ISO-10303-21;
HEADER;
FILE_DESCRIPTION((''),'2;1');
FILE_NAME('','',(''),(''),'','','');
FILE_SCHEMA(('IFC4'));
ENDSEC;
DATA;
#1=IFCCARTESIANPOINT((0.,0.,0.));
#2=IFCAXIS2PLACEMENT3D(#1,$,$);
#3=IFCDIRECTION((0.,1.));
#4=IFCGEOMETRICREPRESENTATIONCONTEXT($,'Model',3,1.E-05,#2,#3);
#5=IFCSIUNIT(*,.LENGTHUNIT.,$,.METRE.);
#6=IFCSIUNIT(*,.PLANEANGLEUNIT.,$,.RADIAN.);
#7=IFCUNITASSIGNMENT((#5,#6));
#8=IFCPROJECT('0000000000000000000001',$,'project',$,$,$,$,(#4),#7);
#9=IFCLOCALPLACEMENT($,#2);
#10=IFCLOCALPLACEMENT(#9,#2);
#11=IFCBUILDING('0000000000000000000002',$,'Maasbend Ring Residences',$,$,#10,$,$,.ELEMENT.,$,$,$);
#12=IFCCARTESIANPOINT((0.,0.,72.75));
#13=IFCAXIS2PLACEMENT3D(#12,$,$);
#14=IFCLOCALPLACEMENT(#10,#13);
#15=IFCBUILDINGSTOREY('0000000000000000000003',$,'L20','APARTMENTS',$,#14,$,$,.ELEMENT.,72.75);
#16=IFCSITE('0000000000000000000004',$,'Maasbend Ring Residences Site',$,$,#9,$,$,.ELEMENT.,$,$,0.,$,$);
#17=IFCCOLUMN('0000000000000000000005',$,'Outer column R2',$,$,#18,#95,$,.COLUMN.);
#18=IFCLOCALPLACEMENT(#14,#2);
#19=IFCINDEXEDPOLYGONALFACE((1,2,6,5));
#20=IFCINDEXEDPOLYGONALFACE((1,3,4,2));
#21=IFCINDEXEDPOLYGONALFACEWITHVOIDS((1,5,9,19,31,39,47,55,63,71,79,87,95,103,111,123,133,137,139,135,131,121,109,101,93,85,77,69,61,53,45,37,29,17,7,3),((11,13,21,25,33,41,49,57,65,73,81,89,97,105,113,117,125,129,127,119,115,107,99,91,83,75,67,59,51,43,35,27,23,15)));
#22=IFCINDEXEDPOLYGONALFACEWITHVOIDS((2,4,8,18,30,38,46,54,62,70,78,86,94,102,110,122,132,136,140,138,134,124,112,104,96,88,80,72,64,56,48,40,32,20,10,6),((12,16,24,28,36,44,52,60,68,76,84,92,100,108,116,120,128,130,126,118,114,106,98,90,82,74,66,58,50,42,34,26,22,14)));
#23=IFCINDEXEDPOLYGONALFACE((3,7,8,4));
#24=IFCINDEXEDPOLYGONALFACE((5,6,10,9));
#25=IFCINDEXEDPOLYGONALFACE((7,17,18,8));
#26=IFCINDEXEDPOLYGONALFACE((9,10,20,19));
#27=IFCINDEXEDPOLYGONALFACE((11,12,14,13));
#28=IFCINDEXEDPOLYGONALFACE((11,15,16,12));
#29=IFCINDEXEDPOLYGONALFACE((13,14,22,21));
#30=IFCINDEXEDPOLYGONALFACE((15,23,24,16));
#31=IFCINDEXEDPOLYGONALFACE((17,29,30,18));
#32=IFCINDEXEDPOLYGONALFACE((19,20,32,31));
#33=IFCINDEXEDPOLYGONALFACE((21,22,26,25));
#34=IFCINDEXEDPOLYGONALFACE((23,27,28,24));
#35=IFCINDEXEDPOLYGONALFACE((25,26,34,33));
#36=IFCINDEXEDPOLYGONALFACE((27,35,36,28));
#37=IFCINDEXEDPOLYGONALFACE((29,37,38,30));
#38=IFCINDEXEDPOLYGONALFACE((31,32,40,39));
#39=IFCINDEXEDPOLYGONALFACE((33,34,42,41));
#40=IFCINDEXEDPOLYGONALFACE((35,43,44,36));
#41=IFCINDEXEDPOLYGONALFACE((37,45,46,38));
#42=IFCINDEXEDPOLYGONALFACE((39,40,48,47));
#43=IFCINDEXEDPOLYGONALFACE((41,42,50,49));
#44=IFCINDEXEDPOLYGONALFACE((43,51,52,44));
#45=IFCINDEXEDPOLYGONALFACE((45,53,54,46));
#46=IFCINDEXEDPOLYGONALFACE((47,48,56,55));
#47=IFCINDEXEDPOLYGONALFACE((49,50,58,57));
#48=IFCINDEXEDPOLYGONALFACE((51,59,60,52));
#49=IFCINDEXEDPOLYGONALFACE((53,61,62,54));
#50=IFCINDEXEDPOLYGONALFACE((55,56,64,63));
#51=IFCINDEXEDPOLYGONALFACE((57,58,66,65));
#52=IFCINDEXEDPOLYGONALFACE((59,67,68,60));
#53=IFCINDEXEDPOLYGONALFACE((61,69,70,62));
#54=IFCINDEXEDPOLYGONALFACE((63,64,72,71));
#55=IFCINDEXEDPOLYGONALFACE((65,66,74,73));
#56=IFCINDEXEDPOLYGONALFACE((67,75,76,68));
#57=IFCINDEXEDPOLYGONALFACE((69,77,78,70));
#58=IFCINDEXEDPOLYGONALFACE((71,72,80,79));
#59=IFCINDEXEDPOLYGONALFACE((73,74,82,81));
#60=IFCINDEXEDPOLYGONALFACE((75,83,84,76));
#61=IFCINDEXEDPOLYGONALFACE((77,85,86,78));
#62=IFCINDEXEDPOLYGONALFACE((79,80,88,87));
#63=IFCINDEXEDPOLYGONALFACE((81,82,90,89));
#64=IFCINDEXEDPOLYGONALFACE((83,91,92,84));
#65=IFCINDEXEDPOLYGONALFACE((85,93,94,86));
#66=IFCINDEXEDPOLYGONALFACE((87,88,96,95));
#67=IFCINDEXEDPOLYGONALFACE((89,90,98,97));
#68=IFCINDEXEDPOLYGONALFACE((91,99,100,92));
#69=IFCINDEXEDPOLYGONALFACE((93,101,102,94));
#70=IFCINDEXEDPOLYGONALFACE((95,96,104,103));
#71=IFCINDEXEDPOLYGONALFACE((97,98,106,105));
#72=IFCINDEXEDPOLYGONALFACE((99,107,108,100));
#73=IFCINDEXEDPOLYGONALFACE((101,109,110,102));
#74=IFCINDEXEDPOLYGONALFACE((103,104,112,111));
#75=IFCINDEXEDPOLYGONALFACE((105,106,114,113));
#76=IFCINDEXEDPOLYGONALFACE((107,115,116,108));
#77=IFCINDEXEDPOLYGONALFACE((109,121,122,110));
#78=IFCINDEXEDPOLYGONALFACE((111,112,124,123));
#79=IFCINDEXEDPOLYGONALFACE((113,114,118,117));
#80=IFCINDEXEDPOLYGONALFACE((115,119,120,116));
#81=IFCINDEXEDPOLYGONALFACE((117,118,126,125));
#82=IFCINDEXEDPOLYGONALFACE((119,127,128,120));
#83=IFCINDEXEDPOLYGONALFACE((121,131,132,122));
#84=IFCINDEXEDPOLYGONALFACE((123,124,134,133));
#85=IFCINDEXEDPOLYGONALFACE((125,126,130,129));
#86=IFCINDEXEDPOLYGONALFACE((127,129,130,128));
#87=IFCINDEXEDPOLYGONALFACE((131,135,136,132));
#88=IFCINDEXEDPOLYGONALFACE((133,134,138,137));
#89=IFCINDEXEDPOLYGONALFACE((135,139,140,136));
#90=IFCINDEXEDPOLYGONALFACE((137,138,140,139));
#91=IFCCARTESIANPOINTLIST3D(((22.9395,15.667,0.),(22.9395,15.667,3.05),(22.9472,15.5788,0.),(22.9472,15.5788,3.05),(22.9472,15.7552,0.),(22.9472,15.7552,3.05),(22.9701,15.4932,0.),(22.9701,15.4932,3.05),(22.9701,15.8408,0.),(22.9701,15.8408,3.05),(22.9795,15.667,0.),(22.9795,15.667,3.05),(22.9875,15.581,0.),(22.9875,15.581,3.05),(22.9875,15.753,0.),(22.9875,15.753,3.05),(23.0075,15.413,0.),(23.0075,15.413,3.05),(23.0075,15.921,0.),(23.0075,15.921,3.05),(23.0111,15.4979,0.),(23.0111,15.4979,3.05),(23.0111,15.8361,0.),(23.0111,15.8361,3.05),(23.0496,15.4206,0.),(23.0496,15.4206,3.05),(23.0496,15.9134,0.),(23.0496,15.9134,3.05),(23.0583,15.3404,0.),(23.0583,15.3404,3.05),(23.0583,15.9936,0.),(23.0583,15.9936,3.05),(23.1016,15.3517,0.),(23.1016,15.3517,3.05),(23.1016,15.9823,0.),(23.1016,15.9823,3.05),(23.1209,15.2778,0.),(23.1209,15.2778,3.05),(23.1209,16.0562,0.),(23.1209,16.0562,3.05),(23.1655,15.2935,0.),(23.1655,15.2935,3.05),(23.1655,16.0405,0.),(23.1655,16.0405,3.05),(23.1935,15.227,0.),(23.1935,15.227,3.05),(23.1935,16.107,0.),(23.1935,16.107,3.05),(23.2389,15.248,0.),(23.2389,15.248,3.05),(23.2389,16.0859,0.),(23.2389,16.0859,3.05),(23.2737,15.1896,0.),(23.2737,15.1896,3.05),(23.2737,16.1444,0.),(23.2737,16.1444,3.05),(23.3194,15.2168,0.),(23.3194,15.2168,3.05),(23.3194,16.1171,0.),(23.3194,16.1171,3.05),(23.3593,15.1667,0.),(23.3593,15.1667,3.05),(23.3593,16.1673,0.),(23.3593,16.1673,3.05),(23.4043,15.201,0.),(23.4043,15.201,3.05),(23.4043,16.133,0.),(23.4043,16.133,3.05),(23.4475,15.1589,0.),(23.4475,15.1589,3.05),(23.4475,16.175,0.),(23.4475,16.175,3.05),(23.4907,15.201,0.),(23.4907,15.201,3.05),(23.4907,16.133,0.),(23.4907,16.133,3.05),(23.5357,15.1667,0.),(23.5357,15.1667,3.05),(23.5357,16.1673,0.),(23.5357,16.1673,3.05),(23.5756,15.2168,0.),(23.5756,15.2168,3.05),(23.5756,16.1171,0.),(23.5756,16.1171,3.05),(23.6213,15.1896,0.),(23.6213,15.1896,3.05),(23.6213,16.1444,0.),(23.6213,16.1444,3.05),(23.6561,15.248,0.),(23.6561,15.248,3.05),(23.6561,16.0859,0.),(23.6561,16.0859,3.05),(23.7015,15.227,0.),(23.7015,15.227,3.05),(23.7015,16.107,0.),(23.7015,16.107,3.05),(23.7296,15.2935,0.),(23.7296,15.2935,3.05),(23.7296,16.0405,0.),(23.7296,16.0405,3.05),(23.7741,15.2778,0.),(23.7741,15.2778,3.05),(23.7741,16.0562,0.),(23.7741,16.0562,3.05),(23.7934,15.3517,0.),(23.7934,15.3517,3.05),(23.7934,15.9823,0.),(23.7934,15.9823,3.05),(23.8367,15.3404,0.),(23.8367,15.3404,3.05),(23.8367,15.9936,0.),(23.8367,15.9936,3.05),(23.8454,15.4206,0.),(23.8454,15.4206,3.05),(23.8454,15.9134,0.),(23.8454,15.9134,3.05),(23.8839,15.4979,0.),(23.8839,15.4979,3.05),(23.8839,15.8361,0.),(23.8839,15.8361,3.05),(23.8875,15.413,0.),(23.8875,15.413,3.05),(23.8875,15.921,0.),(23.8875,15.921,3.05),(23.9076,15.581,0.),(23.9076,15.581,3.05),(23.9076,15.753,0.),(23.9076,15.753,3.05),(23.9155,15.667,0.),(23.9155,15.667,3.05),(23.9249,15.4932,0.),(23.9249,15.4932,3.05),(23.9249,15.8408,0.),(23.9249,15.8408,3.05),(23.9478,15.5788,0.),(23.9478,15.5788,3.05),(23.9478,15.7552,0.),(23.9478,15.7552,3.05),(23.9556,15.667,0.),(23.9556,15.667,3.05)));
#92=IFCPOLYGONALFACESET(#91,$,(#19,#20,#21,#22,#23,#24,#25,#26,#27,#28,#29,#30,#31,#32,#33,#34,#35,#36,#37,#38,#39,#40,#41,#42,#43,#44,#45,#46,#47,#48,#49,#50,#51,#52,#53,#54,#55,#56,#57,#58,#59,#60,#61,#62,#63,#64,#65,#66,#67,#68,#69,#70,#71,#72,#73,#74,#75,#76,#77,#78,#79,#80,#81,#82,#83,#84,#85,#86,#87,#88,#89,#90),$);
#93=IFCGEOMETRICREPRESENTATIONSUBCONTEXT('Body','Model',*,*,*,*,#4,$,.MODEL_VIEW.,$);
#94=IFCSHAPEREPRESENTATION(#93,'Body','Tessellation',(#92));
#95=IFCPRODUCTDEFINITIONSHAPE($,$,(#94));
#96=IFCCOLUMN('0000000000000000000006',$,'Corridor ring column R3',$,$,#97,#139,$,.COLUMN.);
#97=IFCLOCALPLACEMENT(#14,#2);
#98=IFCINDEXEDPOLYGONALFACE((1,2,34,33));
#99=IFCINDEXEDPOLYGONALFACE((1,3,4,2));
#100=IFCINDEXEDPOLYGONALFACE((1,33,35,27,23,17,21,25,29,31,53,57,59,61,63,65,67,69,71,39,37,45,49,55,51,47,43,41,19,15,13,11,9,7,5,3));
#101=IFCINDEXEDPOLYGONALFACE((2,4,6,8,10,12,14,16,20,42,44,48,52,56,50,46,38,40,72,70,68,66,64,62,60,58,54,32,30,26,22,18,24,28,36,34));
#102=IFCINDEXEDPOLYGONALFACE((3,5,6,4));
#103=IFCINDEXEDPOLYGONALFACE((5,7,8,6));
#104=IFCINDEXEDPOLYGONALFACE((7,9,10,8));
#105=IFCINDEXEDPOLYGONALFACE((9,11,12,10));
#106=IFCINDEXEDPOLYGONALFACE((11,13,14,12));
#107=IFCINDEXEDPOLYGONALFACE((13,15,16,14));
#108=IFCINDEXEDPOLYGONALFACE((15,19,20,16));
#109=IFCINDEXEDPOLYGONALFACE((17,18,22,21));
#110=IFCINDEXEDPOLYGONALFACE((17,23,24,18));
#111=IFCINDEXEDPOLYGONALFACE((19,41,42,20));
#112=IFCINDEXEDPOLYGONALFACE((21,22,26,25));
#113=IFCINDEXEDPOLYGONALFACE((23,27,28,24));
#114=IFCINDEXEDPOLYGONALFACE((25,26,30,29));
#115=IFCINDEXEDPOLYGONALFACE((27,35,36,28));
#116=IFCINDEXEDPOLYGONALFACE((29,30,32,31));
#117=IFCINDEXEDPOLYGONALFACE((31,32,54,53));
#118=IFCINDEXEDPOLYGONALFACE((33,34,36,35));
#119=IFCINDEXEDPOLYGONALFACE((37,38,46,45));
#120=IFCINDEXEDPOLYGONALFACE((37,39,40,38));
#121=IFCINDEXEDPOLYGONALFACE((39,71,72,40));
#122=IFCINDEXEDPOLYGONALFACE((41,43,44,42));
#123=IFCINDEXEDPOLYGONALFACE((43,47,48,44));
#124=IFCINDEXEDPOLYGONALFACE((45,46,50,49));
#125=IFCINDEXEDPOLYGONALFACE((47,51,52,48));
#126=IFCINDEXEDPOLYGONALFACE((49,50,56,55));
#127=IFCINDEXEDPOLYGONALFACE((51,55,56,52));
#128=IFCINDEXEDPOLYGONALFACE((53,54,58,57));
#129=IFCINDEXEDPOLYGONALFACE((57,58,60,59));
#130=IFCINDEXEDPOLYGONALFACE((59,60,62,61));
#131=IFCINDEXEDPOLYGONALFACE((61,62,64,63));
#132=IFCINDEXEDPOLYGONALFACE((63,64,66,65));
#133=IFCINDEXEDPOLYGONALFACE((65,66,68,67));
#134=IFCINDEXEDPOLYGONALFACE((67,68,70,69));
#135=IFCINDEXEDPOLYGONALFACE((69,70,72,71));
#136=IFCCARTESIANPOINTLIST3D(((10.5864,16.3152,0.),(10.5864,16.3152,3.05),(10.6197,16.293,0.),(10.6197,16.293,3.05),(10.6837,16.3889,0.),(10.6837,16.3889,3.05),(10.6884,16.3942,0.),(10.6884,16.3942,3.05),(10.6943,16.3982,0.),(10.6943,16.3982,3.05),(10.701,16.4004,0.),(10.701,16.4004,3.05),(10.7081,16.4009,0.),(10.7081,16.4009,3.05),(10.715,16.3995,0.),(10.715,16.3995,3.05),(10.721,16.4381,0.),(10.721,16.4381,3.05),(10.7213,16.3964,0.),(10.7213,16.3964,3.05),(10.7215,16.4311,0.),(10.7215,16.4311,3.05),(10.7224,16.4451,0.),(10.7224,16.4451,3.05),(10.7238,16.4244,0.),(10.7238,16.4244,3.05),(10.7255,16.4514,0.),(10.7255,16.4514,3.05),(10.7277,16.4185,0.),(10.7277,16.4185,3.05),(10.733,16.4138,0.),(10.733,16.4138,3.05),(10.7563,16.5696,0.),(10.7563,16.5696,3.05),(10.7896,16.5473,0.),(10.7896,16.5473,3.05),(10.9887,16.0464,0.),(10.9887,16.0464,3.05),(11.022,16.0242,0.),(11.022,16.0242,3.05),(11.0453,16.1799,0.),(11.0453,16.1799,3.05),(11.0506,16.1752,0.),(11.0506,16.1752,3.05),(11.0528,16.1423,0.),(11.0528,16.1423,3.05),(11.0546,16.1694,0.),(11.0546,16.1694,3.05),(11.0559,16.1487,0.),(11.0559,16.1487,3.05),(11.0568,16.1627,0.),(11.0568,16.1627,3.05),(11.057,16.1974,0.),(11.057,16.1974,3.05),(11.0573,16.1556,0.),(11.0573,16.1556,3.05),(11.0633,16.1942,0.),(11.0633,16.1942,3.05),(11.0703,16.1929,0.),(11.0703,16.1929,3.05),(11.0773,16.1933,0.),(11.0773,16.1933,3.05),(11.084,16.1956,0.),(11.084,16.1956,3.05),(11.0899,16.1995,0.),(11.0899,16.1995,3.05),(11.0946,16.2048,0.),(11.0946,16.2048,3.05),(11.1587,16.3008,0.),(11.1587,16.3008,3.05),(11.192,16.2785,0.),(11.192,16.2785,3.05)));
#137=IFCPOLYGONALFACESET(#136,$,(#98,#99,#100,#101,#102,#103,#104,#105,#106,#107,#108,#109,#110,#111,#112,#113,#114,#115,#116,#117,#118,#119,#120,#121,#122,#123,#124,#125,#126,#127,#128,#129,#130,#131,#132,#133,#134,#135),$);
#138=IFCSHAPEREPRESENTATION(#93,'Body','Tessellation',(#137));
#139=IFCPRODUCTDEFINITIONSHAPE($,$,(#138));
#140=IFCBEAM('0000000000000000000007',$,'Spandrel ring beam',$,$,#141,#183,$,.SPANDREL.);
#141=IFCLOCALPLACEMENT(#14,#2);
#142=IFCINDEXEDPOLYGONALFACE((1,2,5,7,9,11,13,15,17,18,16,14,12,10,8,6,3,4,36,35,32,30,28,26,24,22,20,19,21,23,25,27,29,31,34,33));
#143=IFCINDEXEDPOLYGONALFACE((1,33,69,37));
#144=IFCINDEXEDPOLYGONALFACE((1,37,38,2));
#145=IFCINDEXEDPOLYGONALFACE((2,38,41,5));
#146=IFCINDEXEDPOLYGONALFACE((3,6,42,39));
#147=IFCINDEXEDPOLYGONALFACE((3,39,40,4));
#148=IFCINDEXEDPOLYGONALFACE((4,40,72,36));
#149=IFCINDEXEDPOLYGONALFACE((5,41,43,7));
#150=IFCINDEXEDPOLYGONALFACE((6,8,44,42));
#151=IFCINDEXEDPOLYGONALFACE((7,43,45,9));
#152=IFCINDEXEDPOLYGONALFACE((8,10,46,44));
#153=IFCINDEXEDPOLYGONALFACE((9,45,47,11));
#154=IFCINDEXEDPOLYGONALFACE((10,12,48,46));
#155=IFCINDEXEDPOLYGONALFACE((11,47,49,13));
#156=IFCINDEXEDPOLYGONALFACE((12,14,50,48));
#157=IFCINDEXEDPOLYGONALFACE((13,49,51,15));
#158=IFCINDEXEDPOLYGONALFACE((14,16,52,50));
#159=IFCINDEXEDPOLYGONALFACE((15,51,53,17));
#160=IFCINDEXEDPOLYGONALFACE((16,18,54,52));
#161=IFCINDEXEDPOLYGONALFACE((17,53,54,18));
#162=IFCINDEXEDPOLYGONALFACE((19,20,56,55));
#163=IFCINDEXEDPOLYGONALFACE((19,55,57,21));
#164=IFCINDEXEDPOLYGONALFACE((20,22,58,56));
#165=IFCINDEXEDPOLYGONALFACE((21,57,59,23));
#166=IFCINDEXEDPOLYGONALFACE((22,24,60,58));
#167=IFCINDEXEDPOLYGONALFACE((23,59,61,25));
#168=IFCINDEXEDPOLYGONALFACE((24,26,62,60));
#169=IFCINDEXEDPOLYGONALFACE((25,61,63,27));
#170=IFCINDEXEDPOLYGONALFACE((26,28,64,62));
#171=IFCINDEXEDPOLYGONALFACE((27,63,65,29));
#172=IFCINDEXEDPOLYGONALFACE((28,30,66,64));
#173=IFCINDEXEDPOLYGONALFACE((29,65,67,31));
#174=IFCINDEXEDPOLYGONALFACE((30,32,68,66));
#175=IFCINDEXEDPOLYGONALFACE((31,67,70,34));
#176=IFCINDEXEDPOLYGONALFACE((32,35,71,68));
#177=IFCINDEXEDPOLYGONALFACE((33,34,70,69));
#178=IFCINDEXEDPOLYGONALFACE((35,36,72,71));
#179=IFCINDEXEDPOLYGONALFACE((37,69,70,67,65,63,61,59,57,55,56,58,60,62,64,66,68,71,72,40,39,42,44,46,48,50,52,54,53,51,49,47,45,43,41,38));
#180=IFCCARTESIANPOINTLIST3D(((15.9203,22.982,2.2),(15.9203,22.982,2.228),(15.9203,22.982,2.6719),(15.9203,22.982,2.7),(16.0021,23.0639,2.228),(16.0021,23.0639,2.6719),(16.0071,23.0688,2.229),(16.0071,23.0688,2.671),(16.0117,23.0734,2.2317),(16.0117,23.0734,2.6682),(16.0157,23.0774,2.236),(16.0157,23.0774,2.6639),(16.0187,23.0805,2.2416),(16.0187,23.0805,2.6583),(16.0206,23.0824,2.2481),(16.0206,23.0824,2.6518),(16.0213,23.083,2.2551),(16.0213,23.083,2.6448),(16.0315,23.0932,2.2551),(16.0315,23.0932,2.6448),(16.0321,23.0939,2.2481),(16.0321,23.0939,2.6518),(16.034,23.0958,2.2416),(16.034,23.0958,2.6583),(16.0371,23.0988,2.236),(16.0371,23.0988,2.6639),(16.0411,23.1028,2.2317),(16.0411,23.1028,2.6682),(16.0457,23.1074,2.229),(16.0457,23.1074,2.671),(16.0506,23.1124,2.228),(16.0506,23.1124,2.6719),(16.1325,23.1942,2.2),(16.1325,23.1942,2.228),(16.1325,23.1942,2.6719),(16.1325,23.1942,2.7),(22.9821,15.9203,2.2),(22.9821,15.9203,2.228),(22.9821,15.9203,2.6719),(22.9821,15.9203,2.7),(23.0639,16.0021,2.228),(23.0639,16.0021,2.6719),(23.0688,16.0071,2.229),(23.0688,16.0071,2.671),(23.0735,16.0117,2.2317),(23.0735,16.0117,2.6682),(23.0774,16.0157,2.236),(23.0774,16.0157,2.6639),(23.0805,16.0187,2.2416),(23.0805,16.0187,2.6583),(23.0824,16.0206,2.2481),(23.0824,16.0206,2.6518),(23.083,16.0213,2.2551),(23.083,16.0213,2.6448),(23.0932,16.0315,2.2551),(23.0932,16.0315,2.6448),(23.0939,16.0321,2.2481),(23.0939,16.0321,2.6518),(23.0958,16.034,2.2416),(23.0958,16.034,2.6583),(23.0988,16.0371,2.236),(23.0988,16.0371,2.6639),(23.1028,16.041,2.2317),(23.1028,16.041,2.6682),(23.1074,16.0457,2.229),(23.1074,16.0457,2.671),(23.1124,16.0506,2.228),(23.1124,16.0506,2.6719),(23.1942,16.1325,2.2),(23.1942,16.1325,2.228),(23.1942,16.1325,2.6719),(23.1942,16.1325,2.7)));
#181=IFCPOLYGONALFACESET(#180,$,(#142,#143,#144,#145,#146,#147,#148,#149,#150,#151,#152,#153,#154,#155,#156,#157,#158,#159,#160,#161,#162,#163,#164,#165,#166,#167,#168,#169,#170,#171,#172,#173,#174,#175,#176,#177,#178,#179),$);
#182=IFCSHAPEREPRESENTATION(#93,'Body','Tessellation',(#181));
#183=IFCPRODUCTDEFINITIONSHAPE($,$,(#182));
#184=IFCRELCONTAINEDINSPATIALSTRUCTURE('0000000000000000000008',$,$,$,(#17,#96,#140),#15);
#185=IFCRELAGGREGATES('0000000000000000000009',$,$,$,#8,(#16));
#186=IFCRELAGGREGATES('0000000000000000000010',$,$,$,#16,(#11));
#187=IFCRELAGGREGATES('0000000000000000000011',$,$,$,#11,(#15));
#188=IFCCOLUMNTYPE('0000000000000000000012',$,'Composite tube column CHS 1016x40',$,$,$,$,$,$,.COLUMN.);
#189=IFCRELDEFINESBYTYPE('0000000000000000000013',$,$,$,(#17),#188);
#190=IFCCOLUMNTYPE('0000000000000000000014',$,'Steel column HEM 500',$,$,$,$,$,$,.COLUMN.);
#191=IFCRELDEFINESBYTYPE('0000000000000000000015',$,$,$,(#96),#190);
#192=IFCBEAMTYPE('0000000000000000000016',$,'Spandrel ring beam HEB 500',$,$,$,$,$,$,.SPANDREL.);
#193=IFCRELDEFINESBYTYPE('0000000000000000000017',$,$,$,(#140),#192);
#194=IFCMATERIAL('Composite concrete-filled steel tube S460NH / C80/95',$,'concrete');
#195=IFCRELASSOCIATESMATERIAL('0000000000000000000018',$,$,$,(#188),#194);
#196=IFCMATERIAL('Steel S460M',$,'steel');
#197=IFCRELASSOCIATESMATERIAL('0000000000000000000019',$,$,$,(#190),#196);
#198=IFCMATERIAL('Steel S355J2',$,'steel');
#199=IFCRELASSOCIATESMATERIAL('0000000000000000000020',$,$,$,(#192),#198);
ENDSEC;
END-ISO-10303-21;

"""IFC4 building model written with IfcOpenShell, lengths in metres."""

from ifc_helpers import new_model, si_unit, direction, frame, origin, origin_2d, place, context, subcontext, project, spatial, hollow_circle, i_section, extrude, material, material_profile, profile_set, type_object, element, save


model = new_model("IFC4")

# Units and contexts
model_context = context("Model", 3, precision=1e-05, world=origin(), true_north=direction((0.0, 1.0)))
body_context = subcontext(model_context, "Body", "Model", "MODEL_VIEW")
ifc_project = project(units=[si_unit("LENGTHUNIT", "METRE"), si_unit("PLANEANGLEUNIT", "RADIAN")], contexts=[model_context])

# Site, building, storey
site_placement = place(None, origin())
site = spatial("IfcSite", under=ifc_project, at=site_placement, Name="Maasbend Ring Residences Site", CompositionType="ELEMENT", RefElevation=0.0)
building_placement = place(site_placement, origin())
building = spatial("IfcBuilding", under=site, at=building_placement, Name="Maasbend Ring Residences", CompositionType="ELEMENT")
storey_placement = place(building_placement, frame((0.0, 0.0, 72.75)))
storey = spatial("IfcBuildingStorey", under=building, at=storey_placement, Name="L20", Description="APARTMENTS", CompositionType="ELEMENT", Elevation=72.75)

# Columns
ifc_material_1 = material(Name="Composite concrete-filled steel tube S460NH / C80/95", Category="concrete")
ifc_material_profile_1 = material_profile(ifc_material_1, hollow_circle(Radius=0.5081, WallThickness=0.04, at=origin_2d()), Name="Composite tube column CHS 1016x40")
ifc_profile_set_1 = profile_set([ifc_material_profile_1], Name="Composite concrete-filled steel tube S460NH / C80/95")
column_type_1 = type_object("IfcColumnType", Name="Composite tube column CHS 1016x40", PredefinedType="COLUMN", material=ifc_profile_set_1)
column_1_placement = place(storey_placement, frame((23.4475, 15.667, 0.0), z_axis=(0.0, 0.0, 1.0), x_axis=(1.0, 0.0, 0.0)))
element("IfcColumn", 1, at=column_1_placement, inside=storey, type_object=column_type_1, Name="Outer column R2", PredefinedType="COLUMN", context=body_context, shape_type="SweptSolid", body=[
    extrude(hollow_circle(Radius=0.5081, WallThickness=0.04, at=origin_2d()), origin(), (0.0, 0.0, 1.0), 3.05),
])
ifc_material_2 = material(Name="Steel S460M", Category="steel")
ifc_material_profile_2 = material_profile(ifc_material_2, i_section(OverallWidth=0.3059, OverallDepth=0.5239, WebThickness=0.021, FlangeThickness=0.04, FilletRadius=0.0271, at=origin_2d()), Name="HEM 500")
ifc_profile_set_2 = profile_set([ifc_material_profile_2], Name="Steel S460M")
column_type_2 = type_object("IfcColumnType", Name="Steel column HEM 500", PredefinedType="COLUMN", material=ifc_profile_set_2)
column_2_placement = place(storey_placement, frame((10.8892, 16.2969, 0.0), z_axis=(0.0, 0.0, 1.0), x_axis=(0.55557, 0.83147, 0.0)))
element("IfcColumn", 2, at=column_2_placement, inside=storey, type_object=column_type_2, Name="Corridor ring column R3", PredefinedType="COLUMN", context=body_context, shape_type="SweptSolid", body=[
    extrude(i_section(OverallWidth=0.3059, OverallDepth=0.5239, WebThickness=0.021, FlangeThickness=0.04, FilletRadius=0.0271, at=origin_2d()), origin(), (0.0, 0.0, 1.0), 3.05),
])

# Beam
ifc_material_3 = material(Name="Steel S355J2", Category="steel")
ifc_material_profile_3 = material_profile(ifc_material_3, i_section(OverallWidth=0.3, OverallDepth=0.5, WebThickness=0.0144, FlangeThickness=0.0281, FilletRadius=0.0271, at=origin_2d()), Name="HEB 500")
ifc_profile_set_3 = profile_set([ifc_material_profile_3], Name="Steel S355J2")
beam_type = type_object("IfcBeamType", Name="Spandrel ring beam HEB 500", PredefinedType="SPANDREL", material=ifc_profile_set_3)
beam_placement = place(storey_placement, frame((23.0881, 16.0264, 2.45), z_axis=(-0.707107, 0.707107, 0.0), x_axis=(-0.707107, -0.707107, 0.0)))
element("IfcBeam", 3, at=beam_placement, inside=storey, type_object=beam_type, Name="Spandrel ring beam", PredefinedType="SPANDREL", context=body_context, shape_type="SweptSolid", body=[
    extrude(i_section(OverallWidth=0.3, OverallDepth=0.5, WebThickness=0.0144, FlangeThickness=0.0281, FilletRadius=0.0271, at=origin_2d()), origin(), (0.0, 0.0, 1.0), 9.9868),
])

save(model, "model.ifc")
